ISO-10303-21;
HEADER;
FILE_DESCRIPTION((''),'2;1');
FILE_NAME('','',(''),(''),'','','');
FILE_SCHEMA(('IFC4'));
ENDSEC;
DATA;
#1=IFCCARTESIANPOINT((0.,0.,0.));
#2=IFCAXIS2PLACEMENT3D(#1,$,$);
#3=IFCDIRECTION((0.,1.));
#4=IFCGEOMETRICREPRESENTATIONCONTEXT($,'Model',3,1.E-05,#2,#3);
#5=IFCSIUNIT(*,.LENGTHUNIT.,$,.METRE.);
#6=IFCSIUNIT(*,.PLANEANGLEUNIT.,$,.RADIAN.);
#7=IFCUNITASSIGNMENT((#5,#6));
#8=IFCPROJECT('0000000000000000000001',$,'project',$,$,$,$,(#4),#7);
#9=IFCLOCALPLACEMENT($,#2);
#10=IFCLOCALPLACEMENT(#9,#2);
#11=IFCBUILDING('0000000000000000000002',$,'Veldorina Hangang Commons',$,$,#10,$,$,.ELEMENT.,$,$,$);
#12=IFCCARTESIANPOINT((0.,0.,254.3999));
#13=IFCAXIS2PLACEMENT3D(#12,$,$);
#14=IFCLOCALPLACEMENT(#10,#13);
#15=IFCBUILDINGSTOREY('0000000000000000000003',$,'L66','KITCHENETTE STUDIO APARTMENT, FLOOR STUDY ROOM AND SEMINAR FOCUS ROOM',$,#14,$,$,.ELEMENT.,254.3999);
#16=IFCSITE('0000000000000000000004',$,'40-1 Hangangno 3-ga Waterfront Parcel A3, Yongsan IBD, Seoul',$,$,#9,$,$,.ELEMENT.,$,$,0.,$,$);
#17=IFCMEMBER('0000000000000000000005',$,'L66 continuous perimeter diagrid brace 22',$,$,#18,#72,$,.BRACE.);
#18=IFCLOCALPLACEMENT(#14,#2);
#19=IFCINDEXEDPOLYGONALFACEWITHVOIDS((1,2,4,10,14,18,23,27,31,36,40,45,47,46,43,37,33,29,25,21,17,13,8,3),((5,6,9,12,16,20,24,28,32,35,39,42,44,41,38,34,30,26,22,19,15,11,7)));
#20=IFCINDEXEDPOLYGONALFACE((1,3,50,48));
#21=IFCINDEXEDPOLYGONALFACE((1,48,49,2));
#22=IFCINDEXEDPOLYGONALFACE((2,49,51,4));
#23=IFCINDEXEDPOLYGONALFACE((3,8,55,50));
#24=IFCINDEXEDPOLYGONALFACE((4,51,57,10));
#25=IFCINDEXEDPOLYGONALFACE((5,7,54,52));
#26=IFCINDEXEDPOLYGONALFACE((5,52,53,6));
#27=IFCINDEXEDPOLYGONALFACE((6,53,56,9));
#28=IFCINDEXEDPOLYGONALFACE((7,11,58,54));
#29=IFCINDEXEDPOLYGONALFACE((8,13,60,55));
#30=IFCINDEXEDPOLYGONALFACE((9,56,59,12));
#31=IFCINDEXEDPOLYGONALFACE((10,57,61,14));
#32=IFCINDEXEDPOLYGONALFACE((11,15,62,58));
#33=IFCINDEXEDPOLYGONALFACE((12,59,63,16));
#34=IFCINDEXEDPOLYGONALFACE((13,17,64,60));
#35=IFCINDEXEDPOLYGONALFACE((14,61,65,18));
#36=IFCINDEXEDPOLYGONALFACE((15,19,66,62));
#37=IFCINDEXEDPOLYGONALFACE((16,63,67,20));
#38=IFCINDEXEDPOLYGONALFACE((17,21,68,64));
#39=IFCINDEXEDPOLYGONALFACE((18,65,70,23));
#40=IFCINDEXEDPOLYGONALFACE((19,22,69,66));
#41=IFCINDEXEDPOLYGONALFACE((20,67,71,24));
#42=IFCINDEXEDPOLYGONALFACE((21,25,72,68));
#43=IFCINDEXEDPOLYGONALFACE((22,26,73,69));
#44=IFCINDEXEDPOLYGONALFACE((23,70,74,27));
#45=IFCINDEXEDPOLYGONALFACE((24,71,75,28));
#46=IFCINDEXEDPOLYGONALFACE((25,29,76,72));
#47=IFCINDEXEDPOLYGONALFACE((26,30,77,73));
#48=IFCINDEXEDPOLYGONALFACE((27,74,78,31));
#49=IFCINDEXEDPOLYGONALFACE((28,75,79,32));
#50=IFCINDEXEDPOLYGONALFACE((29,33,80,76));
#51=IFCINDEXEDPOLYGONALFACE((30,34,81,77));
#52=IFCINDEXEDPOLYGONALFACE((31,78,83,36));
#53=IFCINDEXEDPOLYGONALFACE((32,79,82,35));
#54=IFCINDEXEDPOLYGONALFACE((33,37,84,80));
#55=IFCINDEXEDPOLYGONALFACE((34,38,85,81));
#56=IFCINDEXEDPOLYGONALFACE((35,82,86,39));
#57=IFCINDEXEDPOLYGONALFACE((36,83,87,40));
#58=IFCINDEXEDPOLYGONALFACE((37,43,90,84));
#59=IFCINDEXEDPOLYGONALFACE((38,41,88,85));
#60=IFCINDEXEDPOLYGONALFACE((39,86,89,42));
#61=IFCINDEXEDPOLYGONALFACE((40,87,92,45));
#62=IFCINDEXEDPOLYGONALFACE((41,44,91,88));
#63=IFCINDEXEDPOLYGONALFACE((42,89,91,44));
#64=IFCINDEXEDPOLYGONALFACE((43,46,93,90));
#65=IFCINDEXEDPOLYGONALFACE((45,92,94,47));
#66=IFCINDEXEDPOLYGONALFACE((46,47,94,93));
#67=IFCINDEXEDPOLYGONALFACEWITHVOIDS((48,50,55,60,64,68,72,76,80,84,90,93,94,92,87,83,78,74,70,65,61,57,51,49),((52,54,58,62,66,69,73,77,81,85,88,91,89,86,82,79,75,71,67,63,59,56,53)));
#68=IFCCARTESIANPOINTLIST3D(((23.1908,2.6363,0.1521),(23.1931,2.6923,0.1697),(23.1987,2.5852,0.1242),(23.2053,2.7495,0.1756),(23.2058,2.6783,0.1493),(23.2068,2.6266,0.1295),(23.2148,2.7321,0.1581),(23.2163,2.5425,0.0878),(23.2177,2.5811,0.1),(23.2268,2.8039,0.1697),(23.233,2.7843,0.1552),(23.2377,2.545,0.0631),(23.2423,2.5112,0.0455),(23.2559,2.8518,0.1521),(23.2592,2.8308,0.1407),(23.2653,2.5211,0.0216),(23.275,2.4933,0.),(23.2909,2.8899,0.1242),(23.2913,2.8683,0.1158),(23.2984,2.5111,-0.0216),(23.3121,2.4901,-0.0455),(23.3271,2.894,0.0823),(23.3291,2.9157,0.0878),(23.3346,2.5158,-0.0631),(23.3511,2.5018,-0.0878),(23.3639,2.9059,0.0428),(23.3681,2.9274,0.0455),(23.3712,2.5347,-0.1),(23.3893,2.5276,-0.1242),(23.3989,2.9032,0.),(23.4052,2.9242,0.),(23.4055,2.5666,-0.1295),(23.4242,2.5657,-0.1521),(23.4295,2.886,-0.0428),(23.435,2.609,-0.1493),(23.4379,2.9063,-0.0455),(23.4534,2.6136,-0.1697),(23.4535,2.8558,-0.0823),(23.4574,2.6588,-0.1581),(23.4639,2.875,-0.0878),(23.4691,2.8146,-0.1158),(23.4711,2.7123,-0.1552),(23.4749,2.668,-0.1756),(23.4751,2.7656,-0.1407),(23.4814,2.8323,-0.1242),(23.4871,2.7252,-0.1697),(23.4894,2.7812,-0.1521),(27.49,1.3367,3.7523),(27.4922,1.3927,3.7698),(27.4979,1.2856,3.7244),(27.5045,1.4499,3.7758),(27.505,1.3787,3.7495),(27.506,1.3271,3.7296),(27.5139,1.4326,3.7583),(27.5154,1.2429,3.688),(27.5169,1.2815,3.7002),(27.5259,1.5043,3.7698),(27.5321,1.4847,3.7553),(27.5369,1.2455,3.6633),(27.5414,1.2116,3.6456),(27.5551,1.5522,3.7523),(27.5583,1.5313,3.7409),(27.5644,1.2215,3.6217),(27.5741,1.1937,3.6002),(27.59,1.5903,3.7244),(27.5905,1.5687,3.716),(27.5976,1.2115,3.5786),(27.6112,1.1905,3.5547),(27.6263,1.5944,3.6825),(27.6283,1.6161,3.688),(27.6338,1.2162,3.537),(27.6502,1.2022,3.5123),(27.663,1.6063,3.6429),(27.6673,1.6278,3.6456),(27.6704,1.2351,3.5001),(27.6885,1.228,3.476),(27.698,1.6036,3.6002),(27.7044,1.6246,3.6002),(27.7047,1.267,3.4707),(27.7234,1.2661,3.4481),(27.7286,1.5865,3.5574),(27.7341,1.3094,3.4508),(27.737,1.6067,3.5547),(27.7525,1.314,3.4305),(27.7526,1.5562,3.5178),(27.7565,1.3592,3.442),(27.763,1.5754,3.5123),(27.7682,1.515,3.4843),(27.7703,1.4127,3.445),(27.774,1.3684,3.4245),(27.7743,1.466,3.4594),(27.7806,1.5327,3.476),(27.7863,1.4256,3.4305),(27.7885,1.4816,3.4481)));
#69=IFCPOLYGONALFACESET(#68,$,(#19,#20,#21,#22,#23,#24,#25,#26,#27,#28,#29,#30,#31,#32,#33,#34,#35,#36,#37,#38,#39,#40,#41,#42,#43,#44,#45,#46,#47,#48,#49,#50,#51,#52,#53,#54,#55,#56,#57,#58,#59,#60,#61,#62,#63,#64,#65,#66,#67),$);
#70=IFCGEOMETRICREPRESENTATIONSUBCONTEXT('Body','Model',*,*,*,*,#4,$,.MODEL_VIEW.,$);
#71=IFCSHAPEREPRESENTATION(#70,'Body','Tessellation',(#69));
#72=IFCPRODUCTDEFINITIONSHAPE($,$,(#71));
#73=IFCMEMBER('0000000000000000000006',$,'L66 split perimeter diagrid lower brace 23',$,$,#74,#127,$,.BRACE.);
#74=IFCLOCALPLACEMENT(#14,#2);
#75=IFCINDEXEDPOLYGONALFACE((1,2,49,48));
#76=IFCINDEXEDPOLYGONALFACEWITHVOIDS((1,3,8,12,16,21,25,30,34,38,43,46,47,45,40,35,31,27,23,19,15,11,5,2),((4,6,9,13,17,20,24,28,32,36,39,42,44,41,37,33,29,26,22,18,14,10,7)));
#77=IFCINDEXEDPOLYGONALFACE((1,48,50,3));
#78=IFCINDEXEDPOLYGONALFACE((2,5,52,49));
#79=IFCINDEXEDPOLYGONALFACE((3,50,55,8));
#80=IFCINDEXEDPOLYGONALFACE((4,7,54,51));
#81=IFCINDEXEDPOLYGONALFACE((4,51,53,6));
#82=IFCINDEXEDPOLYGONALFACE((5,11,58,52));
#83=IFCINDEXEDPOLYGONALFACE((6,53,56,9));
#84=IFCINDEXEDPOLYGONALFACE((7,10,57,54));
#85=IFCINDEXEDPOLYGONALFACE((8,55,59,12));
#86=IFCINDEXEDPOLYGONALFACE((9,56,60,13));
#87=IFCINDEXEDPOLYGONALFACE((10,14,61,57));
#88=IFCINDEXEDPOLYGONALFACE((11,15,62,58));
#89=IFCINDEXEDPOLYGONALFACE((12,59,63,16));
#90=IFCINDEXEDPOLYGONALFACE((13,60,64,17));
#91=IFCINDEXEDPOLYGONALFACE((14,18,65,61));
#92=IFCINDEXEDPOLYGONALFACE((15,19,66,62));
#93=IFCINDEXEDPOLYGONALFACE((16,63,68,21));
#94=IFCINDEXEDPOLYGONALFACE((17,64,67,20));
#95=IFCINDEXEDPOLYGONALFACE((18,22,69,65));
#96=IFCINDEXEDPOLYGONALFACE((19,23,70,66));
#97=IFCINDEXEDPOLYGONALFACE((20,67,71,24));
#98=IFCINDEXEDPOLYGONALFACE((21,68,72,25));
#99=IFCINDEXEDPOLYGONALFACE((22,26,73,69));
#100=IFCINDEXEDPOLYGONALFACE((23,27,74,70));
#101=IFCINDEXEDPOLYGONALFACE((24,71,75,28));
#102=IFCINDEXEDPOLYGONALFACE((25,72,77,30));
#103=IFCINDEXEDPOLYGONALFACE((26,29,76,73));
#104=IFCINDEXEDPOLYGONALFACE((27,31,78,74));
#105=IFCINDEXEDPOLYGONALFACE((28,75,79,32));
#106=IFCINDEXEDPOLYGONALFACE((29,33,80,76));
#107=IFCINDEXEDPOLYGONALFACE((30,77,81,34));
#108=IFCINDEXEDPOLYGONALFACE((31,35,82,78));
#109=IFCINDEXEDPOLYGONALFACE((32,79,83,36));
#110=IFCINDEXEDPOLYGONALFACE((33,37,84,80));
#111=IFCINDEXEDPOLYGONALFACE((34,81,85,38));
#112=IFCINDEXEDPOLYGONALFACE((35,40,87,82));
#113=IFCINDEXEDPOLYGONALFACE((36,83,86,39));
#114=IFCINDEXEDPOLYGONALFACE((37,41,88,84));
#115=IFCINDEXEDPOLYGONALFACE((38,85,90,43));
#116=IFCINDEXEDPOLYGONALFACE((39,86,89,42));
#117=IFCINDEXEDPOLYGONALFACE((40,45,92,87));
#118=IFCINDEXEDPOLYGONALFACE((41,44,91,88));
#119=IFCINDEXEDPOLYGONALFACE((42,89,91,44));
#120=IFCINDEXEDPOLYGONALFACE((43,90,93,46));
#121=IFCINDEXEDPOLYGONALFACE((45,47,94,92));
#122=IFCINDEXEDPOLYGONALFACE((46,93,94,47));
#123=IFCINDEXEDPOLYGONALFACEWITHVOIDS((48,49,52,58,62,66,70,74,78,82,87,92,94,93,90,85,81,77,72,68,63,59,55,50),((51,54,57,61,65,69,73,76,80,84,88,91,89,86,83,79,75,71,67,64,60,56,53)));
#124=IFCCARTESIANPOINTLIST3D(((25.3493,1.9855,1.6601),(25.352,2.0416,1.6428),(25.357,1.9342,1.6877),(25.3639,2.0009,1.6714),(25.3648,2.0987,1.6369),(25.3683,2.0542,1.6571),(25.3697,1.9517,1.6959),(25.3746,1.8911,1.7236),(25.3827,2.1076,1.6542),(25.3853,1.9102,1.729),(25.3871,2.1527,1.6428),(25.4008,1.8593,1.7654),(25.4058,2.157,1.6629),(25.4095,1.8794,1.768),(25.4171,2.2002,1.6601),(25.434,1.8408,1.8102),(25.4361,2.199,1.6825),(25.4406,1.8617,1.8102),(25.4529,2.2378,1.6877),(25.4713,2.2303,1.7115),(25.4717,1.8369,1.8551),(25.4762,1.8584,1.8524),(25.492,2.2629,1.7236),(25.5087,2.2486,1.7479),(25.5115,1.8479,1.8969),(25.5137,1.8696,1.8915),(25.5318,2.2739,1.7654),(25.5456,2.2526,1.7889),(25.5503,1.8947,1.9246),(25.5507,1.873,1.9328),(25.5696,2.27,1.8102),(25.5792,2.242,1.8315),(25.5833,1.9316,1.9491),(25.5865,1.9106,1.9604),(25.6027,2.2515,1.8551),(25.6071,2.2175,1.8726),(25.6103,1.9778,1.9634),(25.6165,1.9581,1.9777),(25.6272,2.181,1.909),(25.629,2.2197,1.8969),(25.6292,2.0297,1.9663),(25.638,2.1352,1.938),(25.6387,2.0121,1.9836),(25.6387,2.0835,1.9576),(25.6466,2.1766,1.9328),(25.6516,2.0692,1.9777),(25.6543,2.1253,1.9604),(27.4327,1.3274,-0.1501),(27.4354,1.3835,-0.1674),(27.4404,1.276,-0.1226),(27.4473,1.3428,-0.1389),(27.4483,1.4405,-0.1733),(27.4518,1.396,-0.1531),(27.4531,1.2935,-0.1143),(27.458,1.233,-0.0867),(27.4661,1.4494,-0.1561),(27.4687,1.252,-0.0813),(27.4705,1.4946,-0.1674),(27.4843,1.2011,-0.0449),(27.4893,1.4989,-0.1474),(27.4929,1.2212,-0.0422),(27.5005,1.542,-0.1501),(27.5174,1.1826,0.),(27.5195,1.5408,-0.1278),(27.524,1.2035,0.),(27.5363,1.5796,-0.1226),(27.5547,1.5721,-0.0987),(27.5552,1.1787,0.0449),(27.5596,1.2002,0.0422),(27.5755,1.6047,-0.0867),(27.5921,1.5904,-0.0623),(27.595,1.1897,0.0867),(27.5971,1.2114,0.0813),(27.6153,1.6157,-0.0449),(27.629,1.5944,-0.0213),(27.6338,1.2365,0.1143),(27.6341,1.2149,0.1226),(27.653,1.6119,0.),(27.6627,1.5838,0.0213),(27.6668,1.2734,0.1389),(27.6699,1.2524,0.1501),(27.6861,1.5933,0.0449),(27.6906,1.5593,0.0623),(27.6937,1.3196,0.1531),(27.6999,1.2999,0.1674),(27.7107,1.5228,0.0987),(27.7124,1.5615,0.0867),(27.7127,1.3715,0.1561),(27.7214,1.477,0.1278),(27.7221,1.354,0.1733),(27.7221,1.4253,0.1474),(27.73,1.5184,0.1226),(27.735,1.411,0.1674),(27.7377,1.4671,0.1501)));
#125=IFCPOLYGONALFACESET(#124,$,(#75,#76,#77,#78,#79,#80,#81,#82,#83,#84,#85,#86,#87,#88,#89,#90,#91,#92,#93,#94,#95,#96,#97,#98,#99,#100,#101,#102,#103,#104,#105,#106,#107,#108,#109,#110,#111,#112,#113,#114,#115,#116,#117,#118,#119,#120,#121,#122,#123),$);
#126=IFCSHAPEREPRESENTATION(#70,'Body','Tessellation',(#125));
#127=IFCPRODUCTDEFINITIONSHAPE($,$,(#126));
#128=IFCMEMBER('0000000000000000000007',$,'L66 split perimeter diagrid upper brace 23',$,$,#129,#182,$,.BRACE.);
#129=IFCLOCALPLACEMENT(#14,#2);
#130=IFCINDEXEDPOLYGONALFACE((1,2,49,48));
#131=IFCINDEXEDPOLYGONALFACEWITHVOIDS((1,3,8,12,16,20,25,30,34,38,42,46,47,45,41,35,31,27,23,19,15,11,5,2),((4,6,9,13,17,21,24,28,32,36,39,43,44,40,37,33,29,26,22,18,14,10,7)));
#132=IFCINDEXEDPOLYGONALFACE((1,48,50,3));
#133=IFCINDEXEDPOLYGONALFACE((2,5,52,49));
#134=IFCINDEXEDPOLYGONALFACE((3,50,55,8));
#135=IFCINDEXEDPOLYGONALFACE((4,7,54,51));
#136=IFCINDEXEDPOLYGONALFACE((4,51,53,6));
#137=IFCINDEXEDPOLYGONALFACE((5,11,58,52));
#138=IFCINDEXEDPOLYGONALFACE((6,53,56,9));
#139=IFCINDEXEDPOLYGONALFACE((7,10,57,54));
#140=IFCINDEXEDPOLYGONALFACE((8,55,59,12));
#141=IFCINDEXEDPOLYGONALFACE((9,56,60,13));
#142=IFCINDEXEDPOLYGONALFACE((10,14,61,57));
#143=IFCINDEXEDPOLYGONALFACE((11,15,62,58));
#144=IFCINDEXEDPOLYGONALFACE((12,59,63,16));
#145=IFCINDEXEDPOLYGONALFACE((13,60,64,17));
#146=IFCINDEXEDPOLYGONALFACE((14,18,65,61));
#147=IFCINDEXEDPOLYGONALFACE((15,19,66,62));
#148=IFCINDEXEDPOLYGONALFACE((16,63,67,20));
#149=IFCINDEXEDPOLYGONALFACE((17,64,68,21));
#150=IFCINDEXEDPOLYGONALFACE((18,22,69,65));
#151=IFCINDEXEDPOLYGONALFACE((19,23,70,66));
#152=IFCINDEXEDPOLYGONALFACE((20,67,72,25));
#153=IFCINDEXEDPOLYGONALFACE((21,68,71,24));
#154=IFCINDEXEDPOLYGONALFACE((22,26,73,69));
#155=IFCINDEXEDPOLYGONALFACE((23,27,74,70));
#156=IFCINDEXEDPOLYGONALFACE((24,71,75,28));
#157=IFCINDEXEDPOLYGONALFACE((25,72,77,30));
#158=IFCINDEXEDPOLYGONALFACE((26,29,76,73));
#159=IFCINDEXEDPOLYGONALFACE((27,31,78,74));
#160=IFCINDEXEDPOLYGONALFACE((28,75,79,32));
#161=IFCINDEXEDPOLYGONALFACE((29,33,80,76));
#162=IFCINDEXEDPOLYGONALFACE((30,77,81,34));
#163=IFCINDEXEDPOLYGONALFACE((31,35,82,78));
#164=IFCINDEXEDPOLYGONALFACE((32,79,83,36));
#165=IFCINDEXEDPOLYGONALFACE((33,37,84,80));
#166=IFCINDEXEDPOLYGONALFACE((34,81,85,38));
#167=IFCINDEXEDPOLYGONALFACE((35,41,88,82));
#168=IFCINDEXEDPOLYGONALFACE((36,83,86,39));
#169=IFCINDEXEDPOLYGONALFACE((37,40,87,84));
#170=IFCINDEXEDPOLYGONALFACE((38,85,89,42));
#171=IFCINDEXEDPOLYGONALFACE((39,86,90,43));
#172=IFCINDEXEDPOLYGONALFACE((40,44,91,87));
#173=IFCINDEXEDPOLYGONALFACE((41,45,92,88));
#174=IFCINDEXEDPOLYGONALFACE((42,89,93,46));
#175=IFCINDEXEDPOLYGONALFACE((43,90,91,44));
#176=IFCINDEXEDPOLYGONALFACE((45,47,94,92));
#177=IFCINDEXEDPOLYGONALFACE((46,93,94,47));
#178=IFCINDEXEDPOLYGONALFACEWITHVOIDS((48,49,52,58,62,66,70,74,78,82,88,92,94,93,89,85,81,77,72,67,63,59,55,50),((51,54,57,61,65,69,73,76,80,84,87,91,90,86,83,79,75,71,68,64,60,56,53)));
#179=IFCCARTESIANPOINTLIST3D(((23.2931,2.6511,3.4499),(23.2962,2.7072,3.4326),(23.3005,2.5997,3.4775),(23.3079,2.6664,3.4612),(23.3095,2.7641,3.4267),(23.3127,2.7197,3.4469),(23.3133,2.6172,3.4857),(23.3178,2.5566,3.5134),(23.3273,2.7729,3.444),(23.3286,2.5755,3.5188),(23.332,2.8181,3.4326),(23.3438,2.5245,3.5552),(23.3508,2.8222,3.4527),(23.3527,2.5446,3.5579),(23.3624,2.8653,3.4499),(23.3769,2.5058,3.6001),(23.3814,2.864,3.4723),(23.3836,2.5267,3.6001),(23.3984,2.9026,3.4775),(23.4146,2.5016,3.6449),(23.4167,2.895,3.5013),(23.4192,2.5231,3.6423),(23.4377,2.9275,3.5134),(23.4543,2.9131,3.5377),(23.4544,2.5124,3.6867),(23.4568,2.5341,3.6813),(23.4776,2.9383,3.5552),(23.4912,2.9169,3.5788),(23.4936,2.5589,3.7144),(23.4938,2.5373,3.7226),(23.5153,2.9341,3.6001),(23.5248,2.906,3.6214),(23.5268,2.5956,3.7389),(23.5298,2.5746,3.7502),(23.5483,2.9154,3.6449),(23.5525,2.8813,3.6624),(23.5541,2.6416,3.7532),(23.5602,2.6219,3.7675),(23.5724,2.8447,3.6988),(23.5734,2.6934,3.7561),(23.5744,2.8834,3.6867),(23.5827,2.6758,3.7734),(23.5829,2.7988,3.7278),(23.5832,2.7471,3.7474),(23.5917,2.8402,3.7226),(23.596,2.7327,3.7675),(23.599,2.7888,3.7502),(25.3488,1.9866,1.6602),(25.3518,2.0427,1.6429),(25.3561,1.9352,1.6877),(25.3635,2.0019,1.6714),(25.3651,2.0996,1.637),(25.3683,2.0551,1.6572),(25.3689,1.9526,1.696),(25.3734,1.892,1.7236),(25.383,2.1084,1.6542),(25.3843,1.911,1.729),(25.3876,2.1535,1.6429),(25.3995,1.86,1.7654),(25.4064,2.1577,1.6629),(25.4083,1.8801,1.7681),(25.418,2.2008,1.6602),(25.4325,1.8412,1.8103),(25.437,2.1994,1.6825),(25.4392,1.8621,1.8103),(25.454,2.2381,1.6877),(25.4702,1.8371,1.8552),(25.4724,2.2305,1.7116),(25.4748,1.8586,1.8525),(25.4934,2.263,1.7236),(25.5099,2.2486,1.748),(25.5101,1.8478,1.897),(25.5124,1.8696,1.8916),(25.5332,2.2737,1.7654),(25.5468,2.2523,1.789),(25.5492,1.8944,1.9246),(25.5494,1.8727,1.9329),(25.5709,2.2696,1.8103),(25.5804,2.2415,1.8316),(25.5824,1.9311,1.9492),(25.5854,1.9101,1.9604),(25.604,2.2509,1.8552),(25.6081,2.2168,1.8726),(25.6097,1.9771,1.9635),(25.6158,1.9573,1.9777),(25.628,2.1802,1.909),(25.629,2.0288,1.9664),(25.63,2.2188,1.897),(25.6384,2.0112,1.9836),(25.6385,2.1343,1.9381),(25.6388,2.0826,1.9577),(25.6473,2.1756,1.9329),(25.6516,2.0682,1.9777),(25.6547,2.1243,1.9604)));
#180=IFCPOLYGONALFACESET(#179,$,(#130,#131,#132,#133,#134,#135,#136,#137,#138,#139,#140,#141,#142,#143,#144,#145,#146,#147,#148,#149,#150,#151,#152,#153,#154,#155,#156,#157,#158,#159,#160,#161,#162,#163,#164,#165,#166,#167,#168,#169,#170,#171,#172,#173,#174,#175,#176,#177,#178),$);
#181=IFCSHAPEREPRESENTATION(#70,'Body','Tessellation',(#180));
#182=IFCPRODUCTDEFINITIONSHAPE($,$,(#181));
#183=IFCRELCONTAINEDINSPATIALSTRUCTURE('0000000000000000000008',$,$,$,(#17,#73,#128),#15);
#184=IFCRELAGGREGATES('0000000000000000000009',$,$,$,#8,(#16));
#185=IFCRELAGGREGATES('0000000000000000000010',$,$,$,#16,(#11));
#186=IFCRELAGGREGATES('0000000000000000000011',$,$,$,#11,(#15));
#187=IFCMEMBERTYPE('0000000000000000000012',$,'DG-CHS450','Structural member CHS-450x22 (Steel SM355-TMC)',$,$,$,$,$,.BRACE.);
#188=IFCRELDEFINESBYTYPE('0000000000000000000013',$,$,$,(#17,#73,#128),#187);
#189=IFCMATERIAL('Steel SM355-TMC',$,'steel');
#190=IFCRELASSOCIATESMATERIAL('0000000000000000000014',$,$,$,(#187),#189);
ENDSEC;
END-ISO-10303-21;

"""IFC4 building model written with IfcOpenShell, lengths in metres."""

from ifc_helpers import new_model, si_unit, direction, frame, origin, origin_2d, place, context, subcontext, project, spatial, hollow_circle, extrude, material, material_profile, profile_set, type_object, element, save


model = new_model("IFC4")

# Units and contexts
model_context = context("Model", 3, precision=1e-05, world=origin(), true_north=direction((0.0, 1.0)))
body_context = subcontext(model_context, "Body", "Model", "MODEL_VIEW")
ifc_project = project(units=[si_unit("LENGTHUNIT", "METRE"), si_unit("PLANEANGLEUNIT", "RADIAN")], contexts=[model_context])

# Site, building, storey
site_placement = place(None, origin())
site = spatial("IfcSite", under=ifc_project, at=site_placement, Name="40-1 Hangangno 3-ga Waterfront Parcel A3, Yongsan IBD, Seoul", CompositionType="ELEMENT", RefElevation=0.0)
building_placement = place(site_placement, origin())
building = spatial("IfcBuilding", under=site, at=building_placement, Name="Veldorina Hangang Commons", CompositionType="ELEMENT")
storey_placement = place(building_placement, frame((0.0, 0.0, 254.3999)))
storey = spatial("IfcBuildingStorey", under=building, at=storey_placement, Name="L66", Description="KITCHENETTE STUDIO APARTMENT, FLOOR STUDY ROOM AND SEMINAR FOCUS ROOM", CompositionType="ELEMENT", Elevation=254.3999)

# Shared definitions
ifc_material_1 = material(Name="Steel SM355-TMC", Category="steel")

# Members
ifc_material_profile_1 = material_profile(ifc_material_1, hollow_circle(Radius=0.2251, WallThickness=0.022, at=origin_2d()), Name="CHS-450x22")
ifc_profile_set_1 = profile_set([ifc_material_profile_1], Name="Steel SM355-TMC")
member_type_1 = type_object("IfcMemberType", Name="DG-CHS450", Description="Structural member CHS-450x22 (Steel SM355-TMC)", PredefinedType="BRACE", material=ifc_profile_set_1)
member_1_placement = place(storey_placement, frame((23.3401, 2.7087, 0.0), z_axis=(0.746885, -0.225775, 0.625451), x_axis=(0.289357, 0.957221, 0.0)))
element("IfcMember", 1, at=member_1_placement, inside=storey, type_object=member_type_1, Name="L66 continuous perimeter diagrid brace 22", PredefinedType="BRACE", context=body_context, shape_type="SweptSolid", body=[
    extrude(hollow_circle(Radius=0.2251, WallThickness=0.022, at=origin_2d()), origin(), (0.0, 0.0, 1.0), 5.7561),
])
member_2_placement = place(storey_placement, frame((27.5852, 1.3972, 0.0), z_axis=(-0.734273, 0.231966, 0.637993), x_axis=(-0.301238, -0.953549, 0.0)))
element("IfcMember", 2, at=member_2_placement, inside=storey, type_object=member_type_1, Name="L66 split perimeter diagrid lower brace 23", PredefinedType="BRACE", context=body_context, shape_type="SweptSolid", body=[
    extrude(hollow_circle(Radius=0.2251, WallThickness=0.022, at=origin_2d()), origin(), (0.0, 0.0, 1.0), 2.8374),
])
member_3_placement = place(storey_placement, frame((25.5017, 2.0554, 1.8103), z_axis=(-0.73273, 0.236876, 0.637963), x_axis=(-0.307604, -0.951515, 0.0)))
element("IfcMember", 3, at=member_3_placement, inside=storey, type_object=member_type_1, Name="L66 split perimeter diagrid upper brace 23", PredefinedType="BRACE", context=body_context, shape_type="SweptSolid", body=[
    extrude(hollow_circle(Radius=0.2251, WallThickness=0.022, at=origin_2d()), origin(), (0.0, 0.0, 1.0), 2.8054),
])

save(model, "model.ifc")
